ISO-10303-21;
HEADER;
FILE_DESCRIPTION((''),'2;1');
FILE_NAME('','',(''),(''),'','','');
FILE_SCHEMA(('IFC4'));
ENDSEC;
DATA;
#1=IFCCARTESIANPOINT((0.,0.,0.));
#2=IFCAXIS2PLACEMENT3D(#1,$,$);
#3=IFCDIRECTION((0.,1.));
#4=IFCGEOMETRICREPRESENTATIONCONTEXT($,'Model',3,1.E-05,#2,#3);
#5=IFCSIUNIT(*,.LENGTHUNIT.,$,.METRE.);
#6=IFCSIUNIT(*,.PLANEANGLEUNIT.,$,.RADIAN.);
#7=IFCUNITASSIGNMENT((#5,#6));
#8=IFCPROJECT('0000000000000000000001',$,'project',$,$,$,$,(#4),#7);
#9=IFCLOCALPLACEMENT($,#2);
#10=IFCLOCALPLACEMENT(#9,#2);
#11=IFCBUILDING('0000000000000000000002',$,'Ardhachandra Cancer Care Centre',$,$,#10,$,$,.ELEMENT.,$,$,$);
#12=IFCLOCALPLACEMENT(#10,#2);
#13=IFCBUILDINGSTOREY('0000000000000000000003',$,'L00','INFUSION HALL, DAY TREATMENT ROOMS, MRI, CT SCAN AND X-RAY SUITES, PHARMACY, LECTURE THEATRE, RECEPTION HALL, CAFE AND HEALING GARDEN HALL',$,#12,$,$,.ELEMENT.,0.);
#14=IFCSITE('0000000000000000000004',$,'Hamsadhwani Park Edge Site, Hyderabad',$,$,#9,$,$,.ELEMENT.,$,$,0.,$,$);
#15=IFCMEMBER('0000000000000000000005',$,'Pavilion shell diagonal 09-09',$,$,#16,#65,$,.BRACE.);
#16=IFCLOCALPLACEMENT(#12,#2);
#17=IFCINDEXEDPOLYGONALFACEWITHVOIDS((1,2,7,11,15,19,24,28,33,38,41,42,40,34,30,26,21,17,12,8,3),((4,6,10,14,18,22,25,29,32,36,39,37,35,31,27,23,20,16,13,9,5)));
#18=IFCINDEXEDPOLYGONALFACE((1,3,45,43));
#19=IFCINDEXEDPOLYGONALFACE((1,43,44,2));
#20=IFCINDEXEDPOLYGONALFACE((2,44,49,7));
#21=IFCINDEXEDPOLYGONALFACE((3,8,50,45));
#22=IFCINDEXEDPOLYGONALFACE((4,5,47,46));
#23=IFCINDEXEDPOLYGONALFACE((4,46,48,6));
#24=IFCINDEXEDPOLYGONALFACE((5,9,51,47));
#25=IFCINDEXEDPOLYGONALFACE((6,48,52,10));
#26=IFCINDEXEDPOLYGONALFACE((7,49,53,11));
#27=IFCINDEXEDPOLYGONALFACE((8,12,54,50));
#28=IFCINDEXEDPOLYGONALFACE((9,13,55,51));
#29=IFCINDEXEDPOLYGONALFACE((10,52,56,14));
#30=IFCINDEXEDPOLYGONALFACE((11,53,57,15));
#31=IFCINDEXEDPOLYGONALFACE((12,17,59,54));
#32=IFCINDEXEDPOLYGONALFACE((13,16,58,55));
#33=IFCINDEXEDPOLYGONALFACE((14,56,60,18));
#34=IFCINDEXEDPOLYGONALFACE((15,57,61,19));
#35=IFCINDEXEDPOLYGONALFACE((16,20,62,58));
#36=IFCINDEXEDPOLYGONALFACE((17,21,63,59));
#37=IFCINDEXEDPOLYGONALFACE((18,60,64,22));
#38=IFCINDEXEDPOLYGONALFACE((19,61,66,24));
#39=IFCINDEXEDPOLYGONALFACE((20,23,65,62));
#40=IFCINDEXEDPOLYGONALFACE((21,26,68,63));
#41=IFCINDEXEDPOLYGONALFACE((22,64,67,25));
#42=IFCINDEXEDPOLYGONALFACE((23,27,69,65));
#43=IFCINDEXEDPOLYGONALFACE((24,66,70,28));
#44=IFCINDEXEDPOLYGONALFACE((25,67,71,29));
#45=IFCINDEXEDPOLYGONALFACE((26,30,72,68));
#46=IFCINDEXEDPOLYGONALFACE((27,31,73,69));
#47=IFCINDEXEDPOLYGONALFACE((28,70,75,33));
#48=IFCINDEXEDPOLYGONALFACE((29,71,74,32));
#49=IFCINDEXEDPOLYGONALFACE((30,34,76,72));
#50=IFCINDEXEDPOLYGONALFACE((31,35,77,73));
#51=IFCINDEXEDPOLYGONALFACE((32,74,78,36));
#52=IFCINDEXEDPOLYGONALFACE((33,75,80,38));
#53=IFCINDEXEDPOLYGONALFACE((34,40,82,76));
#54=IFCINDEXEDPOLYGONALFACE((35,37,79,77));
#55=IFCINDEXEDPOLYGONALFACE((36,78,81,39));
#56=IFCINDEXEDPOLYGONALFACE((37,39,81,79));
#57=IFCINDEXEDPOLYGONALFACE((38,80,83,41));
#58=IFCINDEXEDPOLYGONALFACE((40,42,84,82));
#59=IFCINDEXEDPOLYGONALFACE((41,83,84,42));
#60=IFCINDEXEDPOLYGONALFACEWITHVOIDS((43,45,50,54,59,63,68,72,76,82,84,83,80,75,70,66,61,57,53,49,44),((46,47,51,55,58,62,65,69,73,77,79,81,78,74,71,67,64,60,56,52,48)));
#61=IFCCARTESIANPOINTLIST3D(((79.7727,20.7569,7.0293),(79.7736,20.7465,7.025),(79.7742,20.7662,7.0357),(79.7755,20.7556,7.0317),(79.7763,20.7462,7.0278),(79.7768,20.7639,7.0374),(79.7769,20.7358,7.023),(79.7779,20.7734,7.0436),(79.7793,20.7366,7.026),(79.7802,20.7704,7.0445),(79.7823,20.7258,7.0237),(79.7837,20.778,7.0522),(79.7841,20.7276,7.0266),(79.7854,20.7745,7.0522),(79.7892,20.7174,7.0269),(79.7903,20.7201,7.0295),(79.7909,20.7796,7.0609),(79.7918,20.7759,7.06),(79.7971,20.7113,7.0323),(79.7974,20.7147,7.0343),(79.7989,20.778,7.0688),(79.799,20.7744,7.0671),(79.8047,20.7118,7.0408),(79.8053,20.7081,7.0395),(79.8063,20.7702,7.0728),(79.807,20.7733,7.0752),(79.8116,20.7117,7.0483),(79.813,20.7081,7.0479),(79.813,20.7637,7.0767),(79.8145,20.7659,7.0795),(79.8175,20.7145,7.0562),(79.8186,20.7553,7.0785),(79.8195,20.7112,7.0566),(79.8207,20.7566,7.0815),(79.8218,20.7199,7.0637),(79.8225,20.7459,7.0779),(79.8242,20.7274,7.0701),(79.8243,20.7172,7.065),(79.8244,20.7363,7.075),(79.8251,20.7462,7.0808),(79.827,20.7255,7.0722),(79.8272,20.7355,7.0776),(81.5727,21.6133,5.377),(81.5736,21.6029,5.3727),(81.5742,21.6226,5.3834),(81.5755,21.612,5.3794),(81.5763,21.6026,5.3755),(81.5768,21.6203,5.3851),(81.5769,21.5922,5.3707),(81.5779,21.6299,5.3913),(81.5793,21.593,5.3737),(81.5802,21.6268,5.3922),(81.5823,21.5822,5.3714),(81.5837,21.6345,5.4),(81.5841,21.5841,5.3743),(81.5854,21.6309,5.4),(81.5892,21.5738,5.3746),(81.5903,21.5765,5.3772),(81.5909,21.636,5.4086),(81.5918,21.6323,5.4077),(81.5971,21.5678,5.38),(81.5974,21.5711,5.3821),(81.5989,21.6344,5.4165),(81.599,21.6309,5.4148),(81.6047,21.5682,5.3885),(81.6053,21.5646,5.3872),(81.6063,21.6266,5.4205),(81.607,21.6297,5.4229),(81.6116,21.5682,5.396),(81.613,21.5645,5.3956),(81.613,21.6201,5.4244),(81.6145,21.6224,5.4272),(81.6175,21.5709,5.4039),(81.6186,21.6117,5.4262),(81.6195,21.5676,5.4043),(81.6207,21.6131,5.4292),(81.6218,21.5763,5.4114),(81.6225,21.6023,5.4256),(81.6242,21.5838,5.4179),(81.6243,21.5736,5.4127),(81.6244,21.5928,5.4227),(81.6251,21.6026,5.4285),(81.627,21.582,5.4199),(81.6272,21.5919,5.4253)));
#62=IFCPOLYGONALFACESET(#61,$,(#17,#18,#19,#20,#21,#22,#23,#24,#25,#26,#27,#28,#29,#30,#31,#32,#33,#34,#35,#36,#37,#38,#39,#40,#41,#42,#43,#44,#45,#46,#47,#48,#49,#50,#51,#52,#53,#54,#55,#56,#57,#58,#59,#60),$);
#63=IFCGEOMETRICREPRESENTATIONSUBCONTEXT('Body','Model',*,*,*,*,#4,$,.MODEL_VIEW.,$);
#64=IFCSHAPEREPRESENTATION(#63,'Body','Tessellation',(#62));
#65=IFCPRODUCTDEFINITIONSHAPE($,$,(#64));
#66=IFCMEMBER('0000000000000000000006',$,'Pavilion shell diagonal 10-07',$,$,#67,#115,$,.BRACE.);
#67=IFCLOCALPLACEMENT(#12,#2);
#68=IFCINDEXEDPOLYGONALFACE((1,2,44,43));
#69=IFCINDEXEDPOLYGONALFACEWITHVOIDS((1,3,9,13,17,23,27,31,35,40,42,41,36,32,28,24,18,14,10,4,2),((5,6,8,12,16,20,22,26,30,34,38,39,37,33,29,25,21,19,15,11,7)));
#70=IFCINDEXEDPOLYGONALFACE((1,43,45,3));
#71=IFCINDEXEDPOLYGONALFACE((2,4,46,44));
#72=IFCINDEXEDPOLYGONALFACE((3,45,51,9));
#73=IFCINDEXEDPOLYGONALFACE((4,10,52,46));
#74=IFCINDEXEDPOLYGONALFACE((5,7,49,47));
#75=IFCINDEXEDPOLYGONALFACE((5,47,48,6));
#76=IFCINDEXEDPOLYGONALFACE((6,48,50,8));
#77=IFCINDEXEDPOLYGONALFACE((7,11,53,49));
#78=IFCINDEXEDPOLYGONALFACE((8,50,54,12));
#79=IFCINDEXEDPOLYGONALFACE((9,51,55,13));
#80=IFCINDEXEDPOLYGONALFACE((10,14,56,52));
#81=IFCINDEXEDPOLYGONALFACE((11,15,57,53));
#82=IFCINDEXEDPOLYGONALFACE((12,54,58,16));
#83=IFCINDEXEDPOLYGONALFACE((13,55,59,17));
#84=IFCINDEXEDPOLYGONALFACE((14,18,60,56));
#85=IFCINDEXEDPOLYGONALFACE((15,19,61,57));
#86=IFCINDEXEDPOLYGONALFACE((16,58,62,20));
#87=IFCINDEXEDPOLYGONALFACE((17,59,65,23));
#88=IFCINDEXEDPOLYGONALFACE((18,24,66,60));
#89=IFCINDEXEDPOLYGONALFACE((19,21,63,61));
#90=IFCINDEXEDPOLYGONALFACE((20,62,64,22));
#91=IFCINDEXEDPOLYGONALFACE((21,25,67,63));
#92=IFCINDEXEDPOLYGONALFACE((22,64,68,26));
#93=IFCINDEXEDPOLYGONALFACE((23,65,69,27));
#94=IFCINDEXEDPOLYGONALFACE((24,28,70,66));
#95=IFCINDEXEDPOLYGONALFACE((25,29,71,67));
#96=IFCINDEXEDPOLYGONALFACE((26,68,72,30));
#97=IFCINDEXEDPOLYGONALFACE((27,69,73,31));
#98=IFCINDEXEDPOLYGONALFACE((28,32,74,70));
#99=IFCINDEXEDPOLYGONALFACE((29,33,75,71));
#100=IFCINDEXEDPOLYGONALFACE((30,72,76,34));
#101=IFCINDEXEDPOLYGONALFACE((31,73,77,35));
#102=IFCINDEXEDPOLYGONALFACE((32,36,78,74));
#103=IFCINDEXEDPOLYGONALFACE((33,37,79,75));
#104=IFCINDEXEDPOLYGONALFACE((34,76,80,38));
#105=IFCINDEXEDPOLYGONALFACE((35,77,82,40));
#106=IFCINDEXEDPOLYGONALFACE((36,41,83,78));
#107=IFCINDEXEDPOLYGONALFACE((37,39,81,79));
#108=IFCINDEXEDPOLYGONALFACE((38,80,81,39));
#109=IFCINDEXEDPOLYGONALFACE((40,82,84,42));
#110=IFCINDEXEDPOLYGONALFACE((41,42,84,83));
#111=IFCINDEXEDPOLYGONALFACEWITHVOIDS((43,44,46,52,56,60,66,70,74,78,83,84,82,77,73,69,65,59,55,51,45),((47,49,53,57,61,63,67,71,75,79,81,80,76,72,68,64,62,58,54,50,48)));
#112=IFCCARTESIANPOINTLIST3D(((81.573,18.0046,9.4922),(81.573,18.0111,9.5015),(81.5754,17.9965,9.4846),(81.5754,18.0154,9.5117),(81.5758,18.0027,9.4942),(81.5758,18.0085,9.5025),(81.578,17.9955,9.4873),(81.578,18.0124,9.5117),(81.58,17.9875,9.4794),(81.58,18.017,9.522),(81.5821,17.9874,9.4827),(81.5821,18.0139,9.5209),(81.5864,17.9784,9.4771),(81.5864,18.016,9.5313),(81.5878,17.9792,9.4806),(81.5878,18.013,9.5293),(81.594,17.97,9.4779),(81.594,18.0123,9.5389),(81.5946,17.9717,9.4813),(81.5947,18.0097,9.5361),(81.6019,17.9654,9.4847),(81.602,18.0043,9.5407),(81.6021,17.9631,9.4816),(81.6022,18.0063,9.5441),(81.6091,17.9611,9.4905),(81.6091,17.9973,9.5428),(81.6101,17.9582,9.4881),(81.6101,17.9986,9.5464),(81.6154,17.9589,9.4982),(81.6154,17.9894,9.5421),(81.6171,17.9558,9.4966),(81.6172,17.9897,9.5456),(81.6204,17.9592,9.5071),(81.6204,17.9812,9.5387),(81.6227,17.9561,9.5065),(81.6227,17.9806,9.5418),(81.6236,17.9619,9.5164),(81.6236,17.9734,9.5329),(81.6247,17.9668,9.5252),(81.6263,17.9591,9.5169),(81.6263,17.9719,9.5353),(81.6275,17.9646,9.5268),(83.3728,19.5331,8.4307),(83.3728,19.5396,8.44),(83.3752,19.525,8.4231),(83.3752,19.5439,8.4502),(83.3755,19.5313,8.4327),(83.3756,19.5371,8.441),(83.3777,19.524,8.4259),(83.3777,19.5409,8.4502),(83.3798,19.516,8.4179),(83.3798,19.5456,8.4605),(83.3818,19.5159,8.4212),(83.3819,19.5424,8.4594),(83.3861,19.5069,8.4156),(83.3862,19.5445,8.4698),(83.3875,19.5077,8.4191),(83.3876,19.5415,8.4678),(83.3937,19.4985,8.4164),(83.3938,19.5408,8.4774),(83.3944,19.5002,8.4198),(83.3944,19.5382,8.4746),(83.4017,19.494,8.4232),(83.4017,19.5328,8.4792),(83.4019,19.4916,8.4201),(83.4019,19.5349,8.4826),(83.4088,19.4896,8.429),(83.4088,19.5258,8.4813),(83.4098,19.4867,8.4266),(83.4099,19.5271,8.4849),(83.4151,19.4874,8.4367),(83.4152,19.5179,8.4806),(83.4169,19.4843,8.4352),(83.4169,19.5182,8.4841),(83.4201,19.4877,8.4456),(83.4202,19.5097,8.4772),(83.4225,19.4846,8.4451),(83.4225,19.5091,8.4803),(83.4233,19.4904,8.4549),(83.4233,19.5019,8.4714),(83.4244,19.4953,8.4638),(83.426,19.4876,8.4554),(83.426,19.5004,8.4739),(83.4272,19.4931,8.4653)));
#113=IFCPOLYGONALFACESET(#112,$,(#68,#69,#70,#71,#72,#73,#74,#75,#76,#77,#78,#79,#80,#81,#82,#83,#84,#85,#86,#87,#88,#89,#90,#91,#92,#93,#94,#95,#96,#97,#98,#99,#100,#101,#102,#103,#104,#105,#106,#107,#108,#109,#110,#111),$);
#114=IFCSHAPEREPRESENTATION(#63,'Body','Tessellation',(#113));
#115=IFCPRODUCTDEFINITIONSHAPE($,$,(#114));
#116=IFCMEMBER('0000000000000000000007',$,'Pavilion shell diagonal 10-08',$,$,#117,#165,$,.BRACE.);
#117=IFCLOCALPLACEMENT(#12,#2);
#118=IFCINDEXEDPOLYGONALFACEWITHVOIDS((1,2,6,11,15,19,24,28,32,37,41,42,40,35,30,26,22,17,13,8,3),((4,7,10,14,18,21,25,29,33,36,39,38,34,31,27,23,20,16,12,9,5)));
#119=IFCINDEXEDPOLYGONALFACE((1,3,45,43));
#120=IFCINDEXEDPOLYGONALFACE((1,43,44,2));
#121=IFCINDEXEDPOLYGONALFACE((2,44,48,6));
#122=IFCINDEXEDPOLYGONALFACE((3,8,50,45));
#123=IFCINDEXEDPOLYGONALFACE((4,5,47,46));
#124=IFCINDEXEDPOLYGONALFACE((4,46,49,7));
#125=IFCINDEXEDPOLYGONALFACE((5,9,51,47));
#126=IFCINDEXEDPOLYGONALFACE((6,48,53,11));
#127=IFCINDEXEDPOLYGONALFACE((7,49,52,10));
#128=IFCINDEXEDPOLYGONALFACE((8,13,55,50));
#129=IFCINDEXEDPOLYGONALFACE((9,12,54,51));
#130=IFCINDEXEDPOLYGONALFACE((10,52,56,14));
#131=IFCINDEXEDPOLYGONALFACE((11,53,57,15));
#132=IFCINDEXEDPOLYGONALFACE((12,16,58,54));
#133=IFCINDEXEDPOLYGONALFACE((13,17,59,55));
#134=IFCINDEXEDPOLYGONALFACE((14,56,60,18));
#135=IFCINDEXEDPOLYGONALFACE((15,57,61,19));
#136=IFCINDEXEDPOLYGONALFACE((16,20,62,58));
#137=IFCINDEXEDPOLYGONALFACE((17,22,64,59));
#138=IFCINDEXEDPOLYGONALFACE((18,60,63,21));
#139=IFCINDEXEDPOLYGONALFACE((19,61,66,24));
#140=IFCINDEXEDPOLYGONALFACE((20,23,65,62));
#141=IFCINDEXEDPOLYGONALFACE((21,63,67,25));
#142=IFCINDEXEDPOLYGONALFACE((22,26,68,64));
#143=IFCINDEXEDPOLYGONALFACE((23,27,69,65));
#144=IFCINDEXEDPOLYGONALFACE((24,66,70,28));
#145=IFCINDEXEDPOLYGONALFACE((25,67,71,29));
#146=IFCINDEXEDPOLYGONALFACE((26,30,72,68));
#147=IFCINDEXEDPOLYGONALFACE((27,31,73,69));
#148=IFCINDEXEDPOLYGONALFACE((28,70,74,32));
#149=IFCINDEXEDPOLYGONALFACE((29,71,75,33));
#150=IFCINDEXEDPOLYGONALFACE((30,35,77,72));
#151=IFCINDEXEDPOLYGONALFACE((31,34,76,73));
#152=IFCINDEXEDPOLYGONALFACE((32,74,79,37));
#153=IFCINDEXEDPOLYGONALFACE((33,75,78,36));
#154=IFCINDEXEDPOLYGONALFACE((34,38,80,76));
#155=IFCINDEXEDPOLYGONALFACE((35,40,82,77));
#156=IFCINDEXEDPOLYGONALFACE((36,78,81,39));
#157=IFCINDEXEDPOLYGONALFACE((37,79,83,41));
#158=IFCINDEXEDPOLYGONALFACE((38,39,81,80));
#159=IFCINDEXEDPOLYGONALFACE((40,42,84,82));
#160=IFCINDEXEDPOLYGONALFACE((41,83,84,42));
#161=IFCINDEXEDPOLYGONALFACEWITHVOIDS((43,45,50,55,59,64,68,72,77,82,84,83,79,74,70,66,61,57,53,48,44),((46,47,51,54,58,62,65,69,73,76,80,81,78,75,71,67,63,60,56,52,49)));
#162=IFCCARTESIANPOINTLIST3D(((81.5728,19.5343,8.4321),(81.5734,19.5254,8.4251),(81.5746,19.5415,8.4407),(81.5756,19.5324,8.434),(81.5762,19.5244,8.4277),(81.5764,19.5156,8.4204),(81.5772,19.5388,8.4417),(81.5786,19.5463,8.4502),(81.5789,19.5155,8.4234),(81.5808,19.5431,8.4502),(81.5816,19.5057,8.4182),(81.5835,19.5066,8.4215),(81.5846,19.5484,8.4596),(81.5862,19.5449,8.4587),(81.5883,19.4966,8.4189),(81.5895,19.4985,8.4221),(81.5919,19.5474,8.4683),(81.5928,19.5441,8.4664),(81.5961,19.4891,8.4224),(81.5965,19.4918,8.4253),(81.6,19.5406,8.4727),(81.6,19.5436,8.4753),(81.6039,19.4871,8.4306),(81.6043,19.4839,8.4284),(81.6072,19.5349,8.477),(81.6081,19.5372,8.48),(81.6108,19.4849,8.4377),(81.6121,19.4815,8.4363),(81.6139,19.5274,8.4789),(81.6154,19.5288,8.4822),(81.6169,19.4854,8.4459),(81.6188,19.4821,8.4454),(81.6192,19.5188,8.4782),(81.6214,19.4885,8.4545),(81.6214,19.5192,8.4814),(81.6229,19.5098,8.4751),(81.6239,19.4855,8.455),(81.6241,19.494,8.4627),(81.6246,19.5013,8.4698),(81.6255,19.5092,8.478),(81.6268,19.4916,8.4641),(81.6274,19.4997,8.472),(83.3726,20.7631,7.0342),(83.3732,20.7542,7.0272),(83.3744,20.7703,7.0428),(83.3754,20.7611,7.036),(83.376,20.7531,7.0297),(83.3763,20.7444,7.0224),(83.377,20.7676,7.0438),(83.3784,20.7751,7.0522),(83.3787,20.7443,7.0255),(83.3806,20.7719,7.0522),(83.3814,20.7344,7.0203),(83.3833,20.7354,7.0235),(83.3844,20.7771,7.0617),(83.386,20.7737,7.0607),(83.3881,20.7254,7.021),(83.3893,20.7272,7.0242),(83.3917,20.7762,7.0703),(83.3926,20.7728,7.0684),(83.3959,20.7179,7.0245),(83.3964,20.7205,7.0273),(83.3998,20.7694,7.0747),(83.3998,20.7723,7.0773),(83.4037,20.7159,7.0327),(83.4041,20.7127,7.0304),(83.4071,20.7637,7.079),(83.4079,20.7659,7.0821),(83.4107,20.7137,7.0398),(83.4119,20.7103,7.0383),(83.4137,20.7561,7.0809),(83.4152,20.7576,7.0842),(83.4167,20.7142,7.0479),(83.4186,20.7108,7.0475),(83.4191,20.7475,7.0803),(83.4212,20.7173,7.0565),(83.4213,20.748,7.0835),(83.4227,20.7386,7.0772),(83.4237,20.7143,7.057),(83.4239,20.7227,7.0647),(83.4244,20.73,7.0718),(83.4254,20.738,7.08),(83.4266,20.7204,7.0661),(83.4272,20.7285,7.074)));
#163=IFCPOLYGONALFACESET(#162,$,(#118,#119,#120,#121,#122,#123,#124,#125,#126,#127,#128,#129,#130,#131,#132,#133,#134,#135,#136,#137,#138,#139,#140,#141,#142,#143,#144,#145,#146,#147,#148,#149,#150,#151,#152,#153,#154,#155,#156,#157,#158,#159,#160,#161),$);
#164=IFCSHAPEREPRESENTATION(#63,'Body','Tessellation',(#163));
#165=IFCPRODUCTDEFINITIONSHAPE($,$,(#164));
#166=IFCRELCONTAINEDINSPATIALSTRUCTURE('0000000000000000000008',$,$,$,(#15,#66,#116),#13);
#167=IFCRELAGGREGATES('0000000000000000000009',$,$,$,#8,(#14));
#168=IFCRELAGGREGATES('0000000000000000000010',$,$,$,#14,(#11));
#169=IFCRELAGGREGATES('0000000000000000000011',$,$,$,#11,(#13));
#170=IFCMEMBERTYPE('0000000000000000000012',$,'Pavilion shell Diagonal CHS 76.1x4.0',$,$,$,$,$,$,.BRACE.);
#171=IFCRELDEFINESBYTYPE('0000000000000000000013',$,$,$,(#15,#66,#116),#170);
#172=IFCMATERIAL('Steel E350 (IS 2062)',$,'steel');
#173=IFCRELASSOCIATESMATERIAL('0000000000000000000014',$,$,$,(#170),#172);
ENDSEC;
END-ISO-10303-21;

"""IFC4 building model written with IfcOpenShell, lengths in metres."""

from ifc_helpers import new_model, si_unit, direction, frame, origin, origin_2d, place, context, subcontext, project, spatial, hollow_circle, extrude, material, material_profile, profile_set, type_object, element, save


model = new_model("IFC4")

# Units and contexts
model_context = context("Model", 3, precision=1e-05, world=origin(), true_north=direction((0.0, 1.0)))
body_context = subcontext(model_context, "Body", "Model", "MODEL_VIEW")
ifc_project = project(units=[si_unit("LENGTHUNIT", "METRE"), si_unit("PLANEANGLEUNIT", "RADIAN")], contexts=[model_context])

# Site, building, storey
site_placement = place(None, origin())
site = spatial("IfcSite", under=ifc_project, at=site_placement, Name="Hamsadhwani Park Edge Site, Hyderabad", CompositionType="ELEMENT", RefElevation=0.0)
building_placement = place(site_placement, origin())
building = spatial("IfcBuilding", under=site, at=building_placement, Name="Ardhachandra Cancer Care Centre", CompositionType="ELEMENT")
storey_placement = place(building_placement, origin())
storey = spatial("IfcBuildingStorey", under=building, at=storey_placement, Name="L00", Description="INFUSION HALL, DAY TREATMENT ROOMS, MRI, CT SCAN AND X-RAY SUITES, PHARMACY, LECTURE THEATRE, RECEPTION HALL, CAFE AND HEALING GARDEN HALL", CompositionType="ELEMENT", Elevation=0.0)

# Members
ifc_material_1 = material(Name="Steel E350 (IS 2062)", Category="steel")
ifc_material_profile_1 = material_profile(ifc_material_1, hollow_circle(Radius=0.0381, WallThickness=0.0039, at=origin_2d()), Name="CHS 76.1x4.0")
ifc_profile_set_1 = profile_set([ifc_material_profile_1], Name="Steel E350 (IS 2062)")
member_type_1 = type_object("IfcMemberType", Name="Pavilion shell Diagonal CHS 76.1x4.0", PredefinedType="BRACE", material=ifc_profile_set_1)
member_1_placement = place(storey_placement, frame((79.8, 20.7437, 7.0522), z_axis=(0.695216, 0.330777, -0.63817), x_axis=(-0.429639, 0.903001, 0.0)))
element("IfcMember", 1, at=member_1_placement, inside=storey, type_object=member_type_1, Name="Pavilion shell diagonal 09-09", PredefinedType="BRACE", context=body_context, shape_type="SweptSolid", body=[
    extrude(hollow_circle(Radius=0.0381, WallThickness=0.0039, at=origin_2d()), origin(), (0.0, 0.0, 1.0), 2.5891),
])
member_2_placement = place(storey_placement, frame((81.6001, 17.9863, 9.5117), z_axis=(0.695188, 0.59042, -0.410022), x_axis=(-0.647336, 0.762205, 0.0)))
element("IfcMember", 2, at=member_2_placement, inside=storey, type_object=member_type_1, Name="Pavilion shell diagonal 10-07", PredefinedType="BRACE", context=body_context, shape_type="SweptSolid", body=[
    extrude(hollow_circle(Radius=0.0381, WallThickness=0.0039, at=origin_2d()), origin(), (0.0, 0.0, 1.0), 2.5889),
])
for number, where, z_axis, x_axis, name in (
    (3, (81.6001, 19.5149, 8.4502), (0.695148, 0.474591, -0.539938), (-0.563844, 0.825881, 0.0), "Pavilion shell diagonal 10-08"),
):
    element("IfcMember", number, at=place(storey_placement, frame(where, z_axis=z_axis, x_axis=x_axis)), inside=storey, type_object=member_type_1, Name=name, PredefinedType="BRACE", context=body_context, shape_type="SweptSolid", body=[
        extrude(hollow_circle(Radius=0.0381, WallThickness=0.0039, at=origin_2d()), origin(), (0.0, 0.0, 1.0), 2.5891),
    ])

save(model, "model.ifc")
